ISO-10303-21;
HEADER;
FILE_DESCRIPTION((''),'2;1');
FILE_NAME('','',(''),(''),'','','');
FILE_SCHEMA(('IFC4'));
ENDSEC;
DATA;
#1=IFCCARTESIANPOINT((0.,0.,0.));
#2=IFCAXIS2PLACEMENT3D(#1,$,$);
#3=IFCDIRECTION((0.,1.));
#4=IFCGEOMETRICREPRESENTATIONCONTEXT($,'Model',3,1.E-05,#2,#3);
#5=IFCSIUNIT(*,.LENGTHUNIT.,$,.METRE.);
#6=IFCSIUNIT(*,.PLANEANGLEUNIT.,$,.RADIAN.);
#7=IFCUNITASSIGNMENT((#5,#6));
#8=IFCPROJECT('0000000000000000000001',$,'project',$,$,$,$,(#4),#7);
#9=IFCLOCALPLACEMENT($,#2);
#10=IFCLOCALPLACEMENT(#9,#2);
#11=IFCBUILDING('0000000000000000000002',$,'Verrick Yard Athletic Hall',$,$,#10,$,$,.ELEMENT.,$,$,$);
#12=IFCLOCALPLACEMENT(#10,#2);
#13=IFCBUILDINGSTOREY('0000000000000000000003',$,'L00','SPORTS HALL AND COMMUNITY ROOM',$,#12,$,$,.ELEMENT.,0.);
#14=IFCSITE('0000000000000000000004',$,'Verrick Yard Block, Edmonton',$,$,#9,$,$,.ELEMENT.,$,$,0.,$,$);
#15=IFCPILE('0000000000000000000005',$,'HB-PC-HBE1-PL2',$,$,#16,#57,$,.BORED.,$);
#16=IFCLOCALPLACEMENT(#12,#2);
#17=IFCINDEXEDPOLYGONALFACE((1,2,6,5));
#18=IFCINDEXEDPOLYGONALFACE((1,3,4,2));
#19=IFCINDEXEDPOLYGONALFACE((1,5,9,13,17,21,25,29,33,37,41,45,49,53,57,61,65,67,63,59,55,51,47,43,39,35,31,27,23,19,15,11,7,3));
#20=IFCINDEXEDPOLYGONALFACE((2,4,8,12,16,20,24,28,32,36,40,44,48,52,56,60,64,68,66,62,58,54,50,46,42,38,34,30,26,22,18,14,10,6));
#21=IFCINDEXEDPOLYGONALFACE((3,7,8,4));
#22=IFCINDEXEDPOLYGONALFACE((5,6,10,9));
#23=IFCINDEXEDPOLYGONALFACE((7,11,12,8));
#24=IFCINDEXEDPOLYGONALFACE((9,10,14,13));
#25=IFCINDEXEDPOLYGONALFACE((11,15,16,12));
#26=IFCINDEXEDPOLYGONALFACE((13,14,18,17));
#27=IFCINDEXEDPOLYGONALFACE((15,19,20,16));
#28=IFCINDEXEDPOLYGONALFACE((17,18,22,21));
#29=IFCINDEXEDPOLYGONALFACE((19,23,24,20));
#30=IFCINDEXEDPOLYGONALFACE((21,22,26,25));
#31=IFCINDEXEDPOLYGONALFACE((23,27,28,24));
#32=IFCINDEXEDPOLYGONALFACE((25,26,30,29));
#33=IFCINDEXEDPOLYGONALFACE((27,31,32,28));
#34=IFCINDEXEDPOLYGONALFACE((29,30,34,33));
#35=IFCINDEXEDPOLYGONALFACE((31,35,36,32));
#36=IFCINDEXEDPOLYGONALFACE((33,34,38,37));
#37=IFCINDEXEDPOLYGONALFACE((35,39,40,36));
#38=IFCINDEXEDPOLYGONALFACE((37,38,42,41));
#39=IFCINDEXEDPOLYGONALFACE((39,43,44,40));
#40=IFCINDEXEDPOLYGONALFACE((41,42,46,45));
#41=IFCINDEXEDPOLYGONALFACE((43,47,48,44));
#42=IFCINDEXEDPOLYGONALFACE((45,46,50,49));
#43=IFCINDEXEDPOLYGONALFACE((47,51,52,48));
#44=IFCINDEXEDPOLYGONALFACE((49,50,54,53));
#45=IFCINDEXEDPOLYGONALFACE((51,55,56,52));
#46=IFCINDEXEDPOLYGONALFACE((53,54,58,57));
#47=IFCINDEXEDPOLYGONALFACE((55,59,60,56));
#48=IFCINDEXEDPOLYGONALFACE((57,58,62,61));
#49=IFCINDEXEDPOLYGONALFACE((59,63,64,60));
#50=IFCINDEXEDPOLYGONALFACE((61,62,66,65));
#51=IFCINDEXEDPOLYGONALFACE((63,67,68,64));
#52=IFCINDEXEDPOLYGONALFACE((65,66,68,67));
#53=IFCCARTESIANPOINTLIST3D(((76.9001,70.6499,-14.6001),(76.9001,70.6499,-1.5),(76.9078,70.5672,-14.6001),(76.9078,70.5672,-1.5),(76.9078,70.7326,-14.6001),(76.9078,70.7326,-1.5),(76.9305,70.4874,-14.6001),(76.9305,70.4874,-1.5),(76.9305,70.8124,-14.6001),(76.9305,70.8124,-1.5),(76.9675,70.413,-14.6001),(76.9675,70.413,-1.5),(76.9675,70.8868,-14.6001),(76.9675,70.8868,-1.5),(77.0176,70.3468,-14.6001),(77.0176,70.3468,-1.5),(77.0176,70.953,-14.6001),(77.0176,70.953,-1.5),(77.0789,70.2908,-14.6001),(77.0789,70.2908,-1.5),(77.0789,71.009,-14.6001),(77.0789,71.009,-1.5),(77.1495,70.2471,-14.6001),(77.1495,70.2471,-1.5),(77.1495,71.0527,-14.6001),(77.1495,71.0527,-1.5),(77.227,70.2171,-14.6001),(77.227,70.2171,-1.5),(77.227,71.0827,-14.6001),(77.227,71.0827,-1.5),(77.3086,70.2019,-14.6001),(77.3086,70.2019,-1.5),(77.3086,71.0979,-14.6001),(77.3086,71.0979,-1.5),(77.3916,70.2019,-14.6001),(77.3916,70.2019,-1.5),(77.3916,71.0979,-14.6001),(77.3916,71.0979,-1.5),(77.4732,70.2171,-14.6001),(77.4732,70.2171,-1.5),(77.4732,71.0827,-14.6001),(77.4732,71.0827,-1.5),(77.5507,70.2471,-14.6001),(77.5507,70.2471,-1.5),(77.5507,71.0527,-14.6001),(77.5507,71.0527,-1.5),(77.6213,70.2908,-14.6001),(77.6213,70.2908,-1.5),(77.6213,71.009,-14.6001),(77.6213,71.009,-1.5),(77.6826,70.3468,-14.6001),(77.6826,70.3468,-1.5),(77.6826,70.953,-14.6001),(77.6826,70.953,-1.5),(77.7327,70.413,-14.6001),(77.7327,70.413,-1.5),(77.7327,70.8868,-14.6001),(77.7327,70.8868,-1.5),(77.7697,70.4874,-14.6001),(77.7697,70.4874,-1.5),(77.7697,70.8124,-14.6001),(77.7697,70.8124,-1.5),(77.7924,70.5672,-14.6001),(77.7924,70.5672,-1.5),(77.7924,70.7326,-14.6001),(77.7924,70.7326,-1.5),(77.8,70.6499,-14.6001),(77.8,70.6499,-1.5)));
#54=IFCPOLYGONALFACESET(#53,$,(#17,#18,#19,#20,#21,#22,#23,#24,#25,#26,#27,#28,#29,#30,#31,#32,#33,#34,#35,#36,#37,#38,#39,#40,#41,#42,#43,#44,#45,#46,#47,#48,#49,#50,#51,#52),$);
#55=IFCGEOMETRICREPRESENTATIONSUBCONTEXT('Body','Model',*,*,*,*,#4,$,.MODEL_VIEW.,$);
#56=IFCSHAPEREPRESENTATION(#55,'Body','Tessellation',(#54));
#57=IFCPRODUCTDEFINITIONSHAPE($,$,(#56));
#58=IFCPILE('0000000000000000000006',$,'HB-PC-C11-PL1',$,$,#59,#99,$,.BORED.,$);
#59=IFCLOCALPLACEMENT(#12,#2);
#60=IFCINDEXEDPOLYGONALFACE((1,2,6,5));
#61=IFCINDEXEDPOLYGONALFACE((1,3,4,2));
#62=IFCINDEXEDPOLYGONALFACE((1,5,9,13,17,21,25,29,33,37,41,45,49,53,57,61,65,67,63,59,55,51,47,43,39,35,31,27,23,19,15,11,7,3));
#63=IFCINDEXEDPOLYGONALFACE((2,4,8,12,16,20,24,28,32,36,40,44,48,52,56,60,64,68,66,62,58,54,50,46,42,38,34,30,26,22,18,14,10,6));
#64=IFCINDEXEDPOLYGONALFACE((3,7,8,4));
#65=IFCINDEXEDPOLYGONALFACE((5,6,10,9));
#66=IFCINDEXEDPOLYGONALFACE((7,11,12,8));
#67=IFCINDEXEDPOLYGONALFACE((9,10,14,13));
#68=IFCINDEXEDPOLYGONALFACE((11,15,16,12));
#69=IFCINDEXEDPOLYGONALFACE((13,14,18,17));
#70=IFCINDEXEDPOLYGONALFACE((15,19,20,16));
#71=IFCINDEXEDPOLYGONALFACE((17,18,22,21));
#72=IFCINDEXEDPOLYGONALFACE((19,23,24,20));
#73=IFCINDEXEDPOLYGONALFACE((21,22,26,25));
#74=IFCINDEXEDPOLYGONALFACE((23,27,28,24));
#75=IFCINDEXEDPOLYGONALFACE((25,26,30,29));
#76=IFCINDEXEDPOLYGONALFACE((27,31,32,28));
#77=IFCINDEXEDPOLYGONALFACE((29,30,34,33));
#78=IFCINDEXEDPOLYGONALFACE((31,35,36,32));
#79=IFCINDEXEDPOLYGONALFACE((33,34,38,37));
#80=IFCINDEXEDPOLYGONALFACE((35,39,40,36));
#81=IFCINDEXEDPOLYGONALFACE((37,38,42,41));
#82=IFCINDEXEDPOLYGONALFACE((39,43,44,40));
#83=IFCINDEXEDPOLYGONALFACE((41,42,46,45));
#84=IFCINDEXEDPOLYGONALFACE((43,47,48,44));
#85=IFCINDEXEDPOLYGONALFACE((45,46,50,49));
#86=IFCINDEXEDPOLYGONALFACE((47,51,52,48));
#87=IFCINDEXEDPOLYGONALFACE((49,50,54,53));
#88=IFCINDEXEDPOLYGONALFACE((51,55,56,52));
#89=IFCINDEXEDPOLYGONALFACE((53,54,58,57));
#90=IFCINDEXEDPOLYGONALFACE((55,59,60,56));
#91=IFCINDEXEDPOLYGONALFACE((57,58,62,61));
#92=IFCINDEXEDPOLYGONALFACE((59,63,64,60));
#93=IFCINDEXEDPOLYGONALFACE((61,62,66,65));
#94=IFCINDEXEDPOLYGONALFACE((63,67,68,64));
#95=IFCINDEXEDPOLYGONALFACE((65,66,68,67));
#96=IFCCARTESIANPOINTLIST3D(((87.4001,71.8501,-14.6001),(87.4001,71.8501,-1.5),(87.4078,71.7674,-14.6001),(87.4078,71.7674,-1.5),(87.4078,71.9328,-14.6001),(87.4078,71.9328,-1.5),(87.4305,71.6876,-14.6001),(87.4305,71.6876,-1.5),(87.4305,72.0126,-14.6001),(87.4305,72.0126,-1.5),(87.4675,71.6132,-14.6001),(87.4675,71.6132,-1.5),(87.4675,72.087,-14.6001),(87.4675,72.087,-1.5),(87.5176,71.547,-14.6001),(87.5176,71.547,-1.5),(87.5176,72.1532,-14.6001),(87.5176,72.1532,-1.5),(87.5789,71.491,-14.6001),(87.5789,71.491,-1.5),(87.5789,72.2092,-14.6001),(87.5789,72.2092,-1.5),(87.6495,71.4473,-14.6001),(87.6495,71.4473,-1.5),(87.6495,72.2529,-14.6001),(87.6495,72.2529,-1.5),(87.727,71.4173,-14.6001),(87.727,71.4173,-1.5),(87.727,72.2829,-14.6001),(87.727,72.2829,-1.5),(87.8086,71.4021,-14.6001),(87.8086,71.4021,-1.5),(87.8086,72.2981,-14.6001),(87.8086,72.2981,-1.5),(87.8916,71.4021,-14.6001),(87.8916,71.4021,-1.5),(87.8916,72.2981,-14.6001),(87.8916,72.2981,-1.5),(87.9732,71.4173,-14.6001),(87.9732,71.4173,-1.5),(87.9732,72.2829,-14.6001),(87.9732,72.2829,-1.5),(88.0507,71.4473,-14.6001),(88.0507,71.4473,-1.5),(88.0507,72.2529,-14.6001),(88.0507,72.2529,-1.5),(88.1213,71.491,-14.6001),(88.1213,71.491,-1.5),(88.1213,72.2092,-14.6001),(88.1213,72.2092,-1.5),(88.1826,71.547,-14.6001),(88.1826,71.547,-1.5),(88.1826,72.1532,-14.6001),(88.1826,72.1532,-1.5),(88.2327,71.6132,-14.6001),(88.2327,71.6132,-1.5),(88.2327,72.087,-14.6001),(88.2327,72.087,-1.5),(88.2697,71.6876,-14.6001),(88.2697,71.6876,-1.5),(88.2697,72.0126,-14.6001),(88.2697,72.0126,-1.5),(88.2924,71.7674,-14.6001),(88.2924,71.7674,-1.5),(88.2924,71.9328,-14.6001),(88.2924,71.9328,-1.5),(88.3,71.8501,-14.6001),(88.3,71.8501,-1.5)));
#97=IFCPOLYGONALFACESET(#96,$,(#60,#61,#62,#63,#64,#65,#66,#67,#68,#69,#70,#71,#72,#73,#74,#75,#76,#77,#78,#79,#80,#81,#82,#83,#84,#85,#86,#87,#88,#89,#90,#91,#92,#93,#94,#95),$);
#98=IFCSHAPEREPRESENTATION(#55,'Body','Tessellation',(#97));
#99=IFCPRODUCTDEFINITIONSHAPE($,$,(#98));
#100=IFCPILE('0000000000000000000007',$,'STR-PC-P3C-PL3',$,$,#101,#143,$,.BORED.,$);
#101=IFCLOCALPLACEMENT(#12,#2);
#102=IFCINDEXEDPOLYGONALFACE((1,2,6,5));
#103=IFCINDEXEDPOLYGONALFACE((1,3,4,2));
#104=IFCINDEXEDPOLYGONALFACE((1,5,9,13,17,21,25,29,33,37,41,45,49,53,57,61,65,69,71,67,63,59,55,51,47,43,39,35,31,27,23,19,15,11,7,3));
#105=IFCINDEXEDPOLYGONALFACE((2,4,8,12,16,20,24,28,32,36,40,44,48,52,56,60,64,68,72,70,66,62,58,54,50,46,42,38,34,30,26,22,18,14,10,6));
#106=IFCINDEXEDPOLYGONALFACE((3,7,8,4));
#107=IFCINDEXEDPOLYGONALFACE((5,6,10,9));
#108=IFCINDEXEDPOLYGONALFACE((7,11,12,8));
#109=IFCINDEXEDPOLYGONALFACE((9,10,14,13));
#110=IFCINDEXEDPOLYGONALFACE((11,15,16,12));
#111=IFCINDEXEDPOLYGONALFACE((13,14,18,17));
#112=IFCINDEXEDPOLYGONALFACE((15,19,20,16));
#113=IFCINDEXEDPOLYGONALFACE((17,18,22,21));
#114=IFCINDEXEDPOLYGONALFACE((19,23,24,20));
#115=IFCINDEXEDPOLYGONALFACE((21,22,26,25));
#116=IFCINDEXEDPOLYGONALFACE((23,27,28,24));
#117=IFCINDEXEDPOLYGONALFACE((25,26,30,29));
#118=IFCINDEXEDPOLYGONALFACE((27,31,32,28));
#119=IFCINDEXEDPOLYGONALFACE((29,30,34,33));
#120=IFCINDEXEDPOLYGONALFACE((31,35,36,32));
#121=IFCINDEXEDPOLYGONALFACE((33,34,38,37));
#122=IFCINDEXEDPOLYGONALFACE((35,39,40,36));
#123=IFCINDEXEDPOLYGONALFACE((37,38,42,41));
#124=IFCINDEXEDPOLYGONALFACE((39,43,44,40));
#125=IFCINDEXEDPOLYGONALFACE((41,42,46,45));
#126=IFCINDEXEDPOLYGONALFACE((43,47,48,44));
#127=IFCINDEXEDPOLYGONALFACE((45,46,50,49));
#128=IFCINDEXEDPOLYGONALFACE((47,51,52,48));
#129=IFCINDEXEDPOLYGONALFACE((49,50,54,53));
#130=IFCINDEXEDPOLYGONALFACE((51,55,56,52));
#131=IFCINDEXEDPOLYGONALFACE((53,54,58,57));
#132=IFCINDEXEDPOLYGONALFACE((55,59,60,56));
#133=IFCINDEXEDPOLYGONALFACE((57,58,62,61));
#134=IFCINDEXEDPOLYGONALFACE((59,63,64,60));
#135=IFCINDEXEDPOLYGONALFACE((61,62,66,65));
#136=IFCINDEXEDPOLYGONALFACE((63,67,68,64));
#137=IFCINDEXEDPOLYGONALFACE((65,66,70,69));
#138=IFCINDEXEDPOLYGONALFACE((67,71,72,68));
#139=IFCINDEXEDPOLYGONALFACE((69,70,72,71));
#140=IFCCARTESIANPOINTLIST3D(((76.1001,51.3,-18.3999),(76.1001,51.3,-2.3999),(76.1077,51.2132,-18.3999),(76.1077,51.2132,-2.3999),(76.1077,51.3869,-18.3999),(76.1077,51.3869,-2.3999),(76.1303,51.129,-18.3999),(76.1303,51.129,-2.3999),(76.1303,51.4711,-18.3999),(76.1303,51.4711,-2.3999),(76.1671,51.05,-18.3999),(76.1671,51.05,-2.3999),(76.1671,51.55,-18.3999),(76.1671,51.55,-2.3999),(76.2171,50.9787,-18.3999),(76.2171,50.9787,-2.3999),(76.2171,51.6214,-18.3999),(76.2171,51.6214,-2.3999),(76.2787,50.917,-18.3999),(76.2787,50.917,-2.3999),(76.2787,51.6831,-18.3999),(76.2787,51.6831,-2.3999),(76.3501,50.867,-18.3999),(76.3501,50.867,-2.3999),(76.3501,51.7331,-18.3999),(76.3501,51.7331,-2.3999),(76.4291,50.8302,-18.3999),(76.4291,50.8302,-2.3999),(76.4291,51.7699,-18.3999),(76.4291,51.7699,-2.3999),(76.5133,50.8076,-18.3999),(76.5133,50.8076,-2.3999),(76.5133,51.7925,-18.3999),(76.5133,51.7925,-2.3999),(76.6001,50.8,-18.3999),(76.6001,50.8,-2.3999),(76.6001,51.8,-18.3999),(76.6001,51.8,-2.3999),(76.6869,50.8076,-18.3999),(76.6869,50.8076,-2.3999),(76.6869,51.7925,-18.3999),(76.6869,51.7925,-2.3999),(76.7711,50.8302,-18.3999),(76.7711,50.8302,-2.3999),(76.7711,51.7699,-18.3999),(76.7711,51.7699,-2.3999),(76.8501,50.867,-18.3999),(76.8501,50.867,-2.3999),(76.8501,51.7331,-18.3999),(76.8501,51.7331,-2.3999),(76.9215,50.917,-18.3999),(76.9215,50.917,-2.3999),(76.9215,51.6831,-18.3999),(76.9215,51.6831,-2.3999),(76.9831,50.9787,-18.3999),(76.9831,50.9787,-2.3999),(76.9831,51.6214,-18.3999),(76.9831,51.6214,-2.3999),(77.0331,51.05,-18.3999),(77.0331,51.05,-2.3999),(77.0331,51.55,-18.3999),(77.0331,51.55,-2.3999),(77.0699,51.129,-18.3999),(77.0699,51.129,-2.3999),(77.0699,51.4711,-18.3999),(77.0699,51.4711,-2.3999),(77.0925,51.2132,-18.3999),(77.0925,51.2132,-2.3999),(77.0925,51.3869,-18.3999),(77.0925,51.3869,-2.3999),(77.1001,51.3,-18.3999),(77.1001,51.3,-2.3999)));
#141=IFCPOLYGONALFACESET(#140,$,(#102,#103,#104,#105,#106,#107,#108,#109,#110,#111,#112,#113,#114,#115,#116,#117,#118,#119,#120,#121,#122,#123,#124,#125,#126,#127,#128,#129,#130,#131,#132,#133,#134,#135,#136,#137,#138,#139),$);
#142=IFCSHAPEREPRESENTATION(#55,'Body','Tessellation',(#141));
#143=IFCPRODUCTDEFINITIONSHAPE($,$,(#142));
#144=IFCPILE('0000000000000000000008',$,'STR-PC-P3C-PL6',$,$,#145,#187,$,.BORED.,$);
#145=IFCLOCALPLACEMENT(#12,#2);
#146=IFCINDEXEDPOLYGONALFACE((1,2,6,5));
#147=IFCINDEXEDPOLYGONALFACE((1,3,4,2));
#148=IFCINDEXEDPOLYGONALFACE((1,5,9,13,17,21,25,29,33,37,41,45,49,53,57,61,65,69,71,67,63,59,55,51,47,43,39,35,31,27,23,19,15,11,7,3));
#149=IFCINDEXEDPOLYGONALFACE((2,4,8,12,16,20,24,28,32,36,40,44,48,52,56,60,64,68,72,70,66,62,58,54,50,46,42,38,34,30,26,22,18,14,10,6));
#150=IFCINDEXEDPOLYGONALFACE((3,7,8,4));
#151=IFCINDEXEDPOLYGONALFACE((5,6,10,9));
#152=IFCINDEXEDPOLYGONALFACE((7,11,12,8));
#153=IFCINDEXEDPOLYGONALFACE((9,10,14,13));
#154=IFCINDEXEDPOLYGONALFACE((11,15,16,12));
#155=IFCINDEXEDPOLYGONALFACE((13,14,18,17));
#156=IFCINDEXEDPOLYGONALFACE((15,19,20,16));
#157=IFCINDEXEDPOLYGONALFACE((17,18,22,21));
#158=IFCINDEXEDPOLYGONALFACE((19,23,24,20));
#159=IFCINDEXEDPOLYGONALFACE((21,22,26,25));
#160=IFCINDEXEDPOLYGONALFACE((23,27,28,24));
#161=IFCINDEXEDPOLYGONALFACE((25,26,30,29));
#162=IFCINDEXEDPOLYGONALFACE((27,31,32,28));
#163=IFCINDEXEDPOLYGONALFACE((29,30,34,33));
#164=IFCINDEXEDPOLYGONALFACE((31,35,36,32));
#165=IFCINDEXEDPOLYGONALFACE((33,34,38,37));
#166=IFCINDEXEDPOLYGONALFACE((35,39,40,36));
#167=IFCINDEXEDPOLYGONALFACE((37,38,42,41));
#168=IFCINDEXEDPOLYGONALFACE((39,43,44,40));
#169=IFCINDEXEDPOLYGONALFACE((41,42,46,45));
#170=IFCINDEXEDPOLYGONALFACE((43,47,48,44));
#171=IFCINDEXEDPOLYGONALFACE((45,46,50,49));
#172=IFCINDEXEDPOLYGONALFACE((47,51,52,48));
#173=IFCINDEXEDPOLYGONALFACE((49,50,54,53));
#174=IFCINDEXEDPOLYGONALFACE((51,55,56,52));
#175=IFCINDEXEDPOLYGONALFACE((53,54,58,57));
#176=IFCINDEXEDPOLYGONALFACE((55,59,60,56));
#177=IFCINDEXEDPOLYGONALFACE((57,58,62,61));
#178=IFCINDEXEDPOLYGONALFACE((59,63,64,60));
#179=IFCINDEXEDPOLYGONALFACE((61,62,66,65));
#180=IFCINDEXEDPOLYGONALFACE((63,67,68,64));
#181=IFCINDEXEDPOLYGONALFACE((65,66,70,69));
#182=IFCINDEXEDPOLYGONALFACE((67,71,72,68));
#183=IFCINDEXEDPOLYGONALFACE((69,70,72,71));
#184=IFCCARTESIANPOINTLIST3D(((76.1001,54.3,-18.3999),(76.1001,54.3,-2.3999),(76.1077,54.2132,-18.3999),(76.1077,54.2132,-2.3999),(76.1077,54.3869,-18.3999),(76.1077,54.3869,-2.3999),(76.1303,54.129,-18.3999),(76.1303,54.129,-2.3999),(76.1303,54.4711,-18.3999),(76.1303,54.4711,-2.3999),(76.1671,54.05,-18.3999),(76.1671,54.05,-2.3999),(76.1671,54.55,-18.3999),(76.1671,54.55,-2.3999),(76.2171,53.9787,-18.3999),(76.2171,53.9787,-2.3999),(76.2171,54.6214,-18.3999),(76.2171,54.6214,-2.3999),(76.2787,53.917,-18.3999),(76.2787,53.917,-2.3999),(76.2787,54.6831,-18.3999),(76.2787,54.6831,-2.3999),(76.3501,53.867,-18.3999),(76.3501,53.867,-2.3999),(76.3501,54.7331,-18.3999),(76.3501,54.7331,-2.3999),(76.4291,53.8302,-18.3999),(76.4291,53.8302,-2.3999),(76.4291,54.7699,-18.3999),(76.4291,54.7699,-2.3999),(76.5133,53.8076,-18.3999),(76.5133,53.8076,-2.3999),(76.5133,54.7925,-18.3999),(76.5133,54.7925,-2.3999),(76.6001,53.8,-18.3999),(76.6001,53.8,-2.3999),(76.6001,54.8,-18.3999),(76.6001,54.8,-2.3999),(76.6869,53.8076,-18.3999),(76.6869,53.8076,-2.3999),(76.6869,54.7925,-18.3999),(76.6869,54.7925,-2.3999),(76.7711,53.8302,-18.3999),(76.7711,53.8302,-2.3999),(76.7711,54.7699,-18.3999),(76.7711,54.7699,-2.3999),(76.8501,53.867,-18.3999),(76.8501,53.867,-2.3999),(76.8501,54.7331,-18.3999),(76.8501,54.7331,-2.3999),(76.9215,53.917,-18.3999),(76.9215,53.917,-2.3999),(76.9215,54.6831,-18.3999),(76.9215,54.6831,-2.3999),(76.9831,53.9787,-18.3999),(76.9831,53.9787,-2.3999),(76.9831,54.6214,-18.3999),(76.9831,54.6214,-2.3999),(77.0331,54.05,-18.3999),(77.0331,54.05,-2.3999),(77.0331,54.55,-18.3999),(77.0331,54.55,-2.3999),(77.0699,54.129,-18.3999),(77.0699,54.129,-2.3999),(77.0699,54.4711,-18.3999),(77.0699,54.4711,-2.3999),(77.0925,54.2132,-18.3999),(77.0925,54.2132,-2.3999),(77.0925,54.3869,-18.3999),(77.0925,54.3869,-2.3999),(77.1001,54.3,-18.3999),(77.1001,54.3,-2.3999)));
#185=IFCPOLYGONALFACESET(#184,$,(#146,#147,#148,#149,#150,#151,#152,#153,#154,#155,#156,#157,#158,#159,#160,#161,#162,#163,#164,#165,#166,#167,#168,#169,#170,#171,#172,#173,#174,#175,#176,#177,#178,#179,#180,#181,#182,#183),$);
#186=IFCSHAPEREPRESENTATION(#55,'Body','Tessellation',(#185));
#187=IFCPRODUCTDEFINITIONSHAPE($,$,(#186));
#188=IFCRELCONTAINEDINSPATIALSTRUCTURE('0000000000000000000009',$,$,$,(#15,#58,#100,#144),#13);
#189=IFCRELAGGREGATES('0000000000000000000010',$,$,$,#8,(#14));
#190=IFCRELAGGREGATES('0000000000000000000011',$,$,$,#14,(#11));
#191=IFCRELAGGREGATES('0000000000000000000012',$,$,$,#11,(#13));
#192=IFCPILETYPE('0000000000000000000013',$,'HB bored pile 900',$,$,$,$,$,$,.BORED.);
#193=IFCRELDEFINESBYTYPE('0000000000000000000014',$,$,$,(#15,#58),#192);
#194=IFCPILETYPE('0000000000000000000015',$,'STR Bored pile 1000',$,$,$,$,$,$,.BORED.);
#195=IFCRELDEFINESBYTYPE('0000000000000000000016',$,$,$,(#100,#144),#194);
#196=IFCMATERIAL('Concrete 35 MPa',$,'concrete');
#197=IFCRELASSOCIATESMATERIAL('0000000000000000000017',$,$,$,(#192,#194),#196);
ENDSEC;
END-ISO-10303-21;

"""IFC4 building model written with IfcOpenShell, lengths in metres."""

from ifc_helpers import new_model, si_unit, direction, frame, origin, origin_2d, place, context, subcontext, project, spatial, circle, extrude, material, material_profile, profile_set, type_object, element, save


model = new_model("IFC4")

# Units and contexts
model_context = context("Model", 3, precision=1e-05, world=origin(), true_north=direction((0.0, 1.0)))
body_context = subcontext(model_context, "Body", "Model", "MODEL_VIEW")
ifc_project = project(units=[si_unit("LENGTHUNIT", "METRE"), si_unit("PLANEANGLEUNIT", "RADIAN")], contexts=[model_context])

# Site, building, storey
site_placement = place(None, origin())
site = spatial("IfcSite", under=ifc_project, at=site_placement, Name="Verrick Yard Block, Edmonton", CompositionType="ELEMENT", RefElevation=0.0)
building_placement = place(site_placement, origin())
building = spatial("IfcBuilding", under=site, at=building_placement, Name="Verrick Yard Athletic Hall", CompositionType="ELEMENT")
storey_placement = place(building_placement, origin())
storey = spatial("IfcBuildingStorey", under=building, at=storey_placement, Name="L00", Description="SPORTS HALL AND COMMUNITY ROOM", CompositionType="ELEMENT", Elevation=0.0)

# Piles
ifc_material_1 = material(Name="Concrete 35 MPa", Category="concrete")
ifc_material_profile_1 = material_profile(ifc_material_1, circle(Radius=0.45, at=origin_2d()), Name="Bored pile 900")
ifc_profile_set_1 = profile_set([ifc_material_profile_1], Name="Concrete 35 MPa")
pile_type_1 = type_object("IfcPileType", Name="HB bored pile 900", PredefinedType="BORED", material=ifc_profile_set_1)
for number, where, z_axis, x_axis, name in (
    (1, (77.3501, 70.6499, -1.5), (0.0, 0.0, -1.0), (1.0, 0.0, 0.0), "HB-PC-HBE1-PL2"),
    (2, (87.8501, 71.8501, -1.5), (0.0, 0.0, -1.0), (1.0, 0.0, 0.0), "HB-PC-C11-PL1"),
):
    element("IfcPile", number, at=place(storey_placement, frame(where, z_axis=z_axis, x_axis=x_axis)), inside=storey, type_object=pile_type_1, Name=name, PredefinedType="BORED", context=body_context, shape_type="SweptSolid", body=[
        extrude(circle(Radius=0.45, at=origin_2d()), origin(), (0.0, 0.0, 1.0), 13.1001),
    ])
pile_type_2 = type_object("IfcPileType", Name="STR Bored pile 1000", PredefinedType="BORED", material=ifc_material_1)
for number, where, z_axis, x_axis, name in (
    (3, (76.6001, 51.3, -2.3999), (0.0, 0.0, -1.0), (1.0, 0.0, 0.0), "STR-PC-P3C-PL3"),
    (4, (76.6001, 54.3, -2.3999), (0.0, 0.0, -1.0), (1.0, 0.0, 0.0), "STR-PC-P3C-PL6"),
):
    element("IfcPile", number, at=place(storey_placement, frame(where, z_axis=z_axis, x_axis=x_axis)), inside=storey, type_object=pile_type_2, Name=name, PredefinedType="BORED", context=body_context, shape_type="SweptSolid", body=[
        extrude(circle(Radius=0.5, at=origin_2d()), origin(), (0.0, 0.0, 1.0), 16.0),
    ])

save(model, "model.ifc")
